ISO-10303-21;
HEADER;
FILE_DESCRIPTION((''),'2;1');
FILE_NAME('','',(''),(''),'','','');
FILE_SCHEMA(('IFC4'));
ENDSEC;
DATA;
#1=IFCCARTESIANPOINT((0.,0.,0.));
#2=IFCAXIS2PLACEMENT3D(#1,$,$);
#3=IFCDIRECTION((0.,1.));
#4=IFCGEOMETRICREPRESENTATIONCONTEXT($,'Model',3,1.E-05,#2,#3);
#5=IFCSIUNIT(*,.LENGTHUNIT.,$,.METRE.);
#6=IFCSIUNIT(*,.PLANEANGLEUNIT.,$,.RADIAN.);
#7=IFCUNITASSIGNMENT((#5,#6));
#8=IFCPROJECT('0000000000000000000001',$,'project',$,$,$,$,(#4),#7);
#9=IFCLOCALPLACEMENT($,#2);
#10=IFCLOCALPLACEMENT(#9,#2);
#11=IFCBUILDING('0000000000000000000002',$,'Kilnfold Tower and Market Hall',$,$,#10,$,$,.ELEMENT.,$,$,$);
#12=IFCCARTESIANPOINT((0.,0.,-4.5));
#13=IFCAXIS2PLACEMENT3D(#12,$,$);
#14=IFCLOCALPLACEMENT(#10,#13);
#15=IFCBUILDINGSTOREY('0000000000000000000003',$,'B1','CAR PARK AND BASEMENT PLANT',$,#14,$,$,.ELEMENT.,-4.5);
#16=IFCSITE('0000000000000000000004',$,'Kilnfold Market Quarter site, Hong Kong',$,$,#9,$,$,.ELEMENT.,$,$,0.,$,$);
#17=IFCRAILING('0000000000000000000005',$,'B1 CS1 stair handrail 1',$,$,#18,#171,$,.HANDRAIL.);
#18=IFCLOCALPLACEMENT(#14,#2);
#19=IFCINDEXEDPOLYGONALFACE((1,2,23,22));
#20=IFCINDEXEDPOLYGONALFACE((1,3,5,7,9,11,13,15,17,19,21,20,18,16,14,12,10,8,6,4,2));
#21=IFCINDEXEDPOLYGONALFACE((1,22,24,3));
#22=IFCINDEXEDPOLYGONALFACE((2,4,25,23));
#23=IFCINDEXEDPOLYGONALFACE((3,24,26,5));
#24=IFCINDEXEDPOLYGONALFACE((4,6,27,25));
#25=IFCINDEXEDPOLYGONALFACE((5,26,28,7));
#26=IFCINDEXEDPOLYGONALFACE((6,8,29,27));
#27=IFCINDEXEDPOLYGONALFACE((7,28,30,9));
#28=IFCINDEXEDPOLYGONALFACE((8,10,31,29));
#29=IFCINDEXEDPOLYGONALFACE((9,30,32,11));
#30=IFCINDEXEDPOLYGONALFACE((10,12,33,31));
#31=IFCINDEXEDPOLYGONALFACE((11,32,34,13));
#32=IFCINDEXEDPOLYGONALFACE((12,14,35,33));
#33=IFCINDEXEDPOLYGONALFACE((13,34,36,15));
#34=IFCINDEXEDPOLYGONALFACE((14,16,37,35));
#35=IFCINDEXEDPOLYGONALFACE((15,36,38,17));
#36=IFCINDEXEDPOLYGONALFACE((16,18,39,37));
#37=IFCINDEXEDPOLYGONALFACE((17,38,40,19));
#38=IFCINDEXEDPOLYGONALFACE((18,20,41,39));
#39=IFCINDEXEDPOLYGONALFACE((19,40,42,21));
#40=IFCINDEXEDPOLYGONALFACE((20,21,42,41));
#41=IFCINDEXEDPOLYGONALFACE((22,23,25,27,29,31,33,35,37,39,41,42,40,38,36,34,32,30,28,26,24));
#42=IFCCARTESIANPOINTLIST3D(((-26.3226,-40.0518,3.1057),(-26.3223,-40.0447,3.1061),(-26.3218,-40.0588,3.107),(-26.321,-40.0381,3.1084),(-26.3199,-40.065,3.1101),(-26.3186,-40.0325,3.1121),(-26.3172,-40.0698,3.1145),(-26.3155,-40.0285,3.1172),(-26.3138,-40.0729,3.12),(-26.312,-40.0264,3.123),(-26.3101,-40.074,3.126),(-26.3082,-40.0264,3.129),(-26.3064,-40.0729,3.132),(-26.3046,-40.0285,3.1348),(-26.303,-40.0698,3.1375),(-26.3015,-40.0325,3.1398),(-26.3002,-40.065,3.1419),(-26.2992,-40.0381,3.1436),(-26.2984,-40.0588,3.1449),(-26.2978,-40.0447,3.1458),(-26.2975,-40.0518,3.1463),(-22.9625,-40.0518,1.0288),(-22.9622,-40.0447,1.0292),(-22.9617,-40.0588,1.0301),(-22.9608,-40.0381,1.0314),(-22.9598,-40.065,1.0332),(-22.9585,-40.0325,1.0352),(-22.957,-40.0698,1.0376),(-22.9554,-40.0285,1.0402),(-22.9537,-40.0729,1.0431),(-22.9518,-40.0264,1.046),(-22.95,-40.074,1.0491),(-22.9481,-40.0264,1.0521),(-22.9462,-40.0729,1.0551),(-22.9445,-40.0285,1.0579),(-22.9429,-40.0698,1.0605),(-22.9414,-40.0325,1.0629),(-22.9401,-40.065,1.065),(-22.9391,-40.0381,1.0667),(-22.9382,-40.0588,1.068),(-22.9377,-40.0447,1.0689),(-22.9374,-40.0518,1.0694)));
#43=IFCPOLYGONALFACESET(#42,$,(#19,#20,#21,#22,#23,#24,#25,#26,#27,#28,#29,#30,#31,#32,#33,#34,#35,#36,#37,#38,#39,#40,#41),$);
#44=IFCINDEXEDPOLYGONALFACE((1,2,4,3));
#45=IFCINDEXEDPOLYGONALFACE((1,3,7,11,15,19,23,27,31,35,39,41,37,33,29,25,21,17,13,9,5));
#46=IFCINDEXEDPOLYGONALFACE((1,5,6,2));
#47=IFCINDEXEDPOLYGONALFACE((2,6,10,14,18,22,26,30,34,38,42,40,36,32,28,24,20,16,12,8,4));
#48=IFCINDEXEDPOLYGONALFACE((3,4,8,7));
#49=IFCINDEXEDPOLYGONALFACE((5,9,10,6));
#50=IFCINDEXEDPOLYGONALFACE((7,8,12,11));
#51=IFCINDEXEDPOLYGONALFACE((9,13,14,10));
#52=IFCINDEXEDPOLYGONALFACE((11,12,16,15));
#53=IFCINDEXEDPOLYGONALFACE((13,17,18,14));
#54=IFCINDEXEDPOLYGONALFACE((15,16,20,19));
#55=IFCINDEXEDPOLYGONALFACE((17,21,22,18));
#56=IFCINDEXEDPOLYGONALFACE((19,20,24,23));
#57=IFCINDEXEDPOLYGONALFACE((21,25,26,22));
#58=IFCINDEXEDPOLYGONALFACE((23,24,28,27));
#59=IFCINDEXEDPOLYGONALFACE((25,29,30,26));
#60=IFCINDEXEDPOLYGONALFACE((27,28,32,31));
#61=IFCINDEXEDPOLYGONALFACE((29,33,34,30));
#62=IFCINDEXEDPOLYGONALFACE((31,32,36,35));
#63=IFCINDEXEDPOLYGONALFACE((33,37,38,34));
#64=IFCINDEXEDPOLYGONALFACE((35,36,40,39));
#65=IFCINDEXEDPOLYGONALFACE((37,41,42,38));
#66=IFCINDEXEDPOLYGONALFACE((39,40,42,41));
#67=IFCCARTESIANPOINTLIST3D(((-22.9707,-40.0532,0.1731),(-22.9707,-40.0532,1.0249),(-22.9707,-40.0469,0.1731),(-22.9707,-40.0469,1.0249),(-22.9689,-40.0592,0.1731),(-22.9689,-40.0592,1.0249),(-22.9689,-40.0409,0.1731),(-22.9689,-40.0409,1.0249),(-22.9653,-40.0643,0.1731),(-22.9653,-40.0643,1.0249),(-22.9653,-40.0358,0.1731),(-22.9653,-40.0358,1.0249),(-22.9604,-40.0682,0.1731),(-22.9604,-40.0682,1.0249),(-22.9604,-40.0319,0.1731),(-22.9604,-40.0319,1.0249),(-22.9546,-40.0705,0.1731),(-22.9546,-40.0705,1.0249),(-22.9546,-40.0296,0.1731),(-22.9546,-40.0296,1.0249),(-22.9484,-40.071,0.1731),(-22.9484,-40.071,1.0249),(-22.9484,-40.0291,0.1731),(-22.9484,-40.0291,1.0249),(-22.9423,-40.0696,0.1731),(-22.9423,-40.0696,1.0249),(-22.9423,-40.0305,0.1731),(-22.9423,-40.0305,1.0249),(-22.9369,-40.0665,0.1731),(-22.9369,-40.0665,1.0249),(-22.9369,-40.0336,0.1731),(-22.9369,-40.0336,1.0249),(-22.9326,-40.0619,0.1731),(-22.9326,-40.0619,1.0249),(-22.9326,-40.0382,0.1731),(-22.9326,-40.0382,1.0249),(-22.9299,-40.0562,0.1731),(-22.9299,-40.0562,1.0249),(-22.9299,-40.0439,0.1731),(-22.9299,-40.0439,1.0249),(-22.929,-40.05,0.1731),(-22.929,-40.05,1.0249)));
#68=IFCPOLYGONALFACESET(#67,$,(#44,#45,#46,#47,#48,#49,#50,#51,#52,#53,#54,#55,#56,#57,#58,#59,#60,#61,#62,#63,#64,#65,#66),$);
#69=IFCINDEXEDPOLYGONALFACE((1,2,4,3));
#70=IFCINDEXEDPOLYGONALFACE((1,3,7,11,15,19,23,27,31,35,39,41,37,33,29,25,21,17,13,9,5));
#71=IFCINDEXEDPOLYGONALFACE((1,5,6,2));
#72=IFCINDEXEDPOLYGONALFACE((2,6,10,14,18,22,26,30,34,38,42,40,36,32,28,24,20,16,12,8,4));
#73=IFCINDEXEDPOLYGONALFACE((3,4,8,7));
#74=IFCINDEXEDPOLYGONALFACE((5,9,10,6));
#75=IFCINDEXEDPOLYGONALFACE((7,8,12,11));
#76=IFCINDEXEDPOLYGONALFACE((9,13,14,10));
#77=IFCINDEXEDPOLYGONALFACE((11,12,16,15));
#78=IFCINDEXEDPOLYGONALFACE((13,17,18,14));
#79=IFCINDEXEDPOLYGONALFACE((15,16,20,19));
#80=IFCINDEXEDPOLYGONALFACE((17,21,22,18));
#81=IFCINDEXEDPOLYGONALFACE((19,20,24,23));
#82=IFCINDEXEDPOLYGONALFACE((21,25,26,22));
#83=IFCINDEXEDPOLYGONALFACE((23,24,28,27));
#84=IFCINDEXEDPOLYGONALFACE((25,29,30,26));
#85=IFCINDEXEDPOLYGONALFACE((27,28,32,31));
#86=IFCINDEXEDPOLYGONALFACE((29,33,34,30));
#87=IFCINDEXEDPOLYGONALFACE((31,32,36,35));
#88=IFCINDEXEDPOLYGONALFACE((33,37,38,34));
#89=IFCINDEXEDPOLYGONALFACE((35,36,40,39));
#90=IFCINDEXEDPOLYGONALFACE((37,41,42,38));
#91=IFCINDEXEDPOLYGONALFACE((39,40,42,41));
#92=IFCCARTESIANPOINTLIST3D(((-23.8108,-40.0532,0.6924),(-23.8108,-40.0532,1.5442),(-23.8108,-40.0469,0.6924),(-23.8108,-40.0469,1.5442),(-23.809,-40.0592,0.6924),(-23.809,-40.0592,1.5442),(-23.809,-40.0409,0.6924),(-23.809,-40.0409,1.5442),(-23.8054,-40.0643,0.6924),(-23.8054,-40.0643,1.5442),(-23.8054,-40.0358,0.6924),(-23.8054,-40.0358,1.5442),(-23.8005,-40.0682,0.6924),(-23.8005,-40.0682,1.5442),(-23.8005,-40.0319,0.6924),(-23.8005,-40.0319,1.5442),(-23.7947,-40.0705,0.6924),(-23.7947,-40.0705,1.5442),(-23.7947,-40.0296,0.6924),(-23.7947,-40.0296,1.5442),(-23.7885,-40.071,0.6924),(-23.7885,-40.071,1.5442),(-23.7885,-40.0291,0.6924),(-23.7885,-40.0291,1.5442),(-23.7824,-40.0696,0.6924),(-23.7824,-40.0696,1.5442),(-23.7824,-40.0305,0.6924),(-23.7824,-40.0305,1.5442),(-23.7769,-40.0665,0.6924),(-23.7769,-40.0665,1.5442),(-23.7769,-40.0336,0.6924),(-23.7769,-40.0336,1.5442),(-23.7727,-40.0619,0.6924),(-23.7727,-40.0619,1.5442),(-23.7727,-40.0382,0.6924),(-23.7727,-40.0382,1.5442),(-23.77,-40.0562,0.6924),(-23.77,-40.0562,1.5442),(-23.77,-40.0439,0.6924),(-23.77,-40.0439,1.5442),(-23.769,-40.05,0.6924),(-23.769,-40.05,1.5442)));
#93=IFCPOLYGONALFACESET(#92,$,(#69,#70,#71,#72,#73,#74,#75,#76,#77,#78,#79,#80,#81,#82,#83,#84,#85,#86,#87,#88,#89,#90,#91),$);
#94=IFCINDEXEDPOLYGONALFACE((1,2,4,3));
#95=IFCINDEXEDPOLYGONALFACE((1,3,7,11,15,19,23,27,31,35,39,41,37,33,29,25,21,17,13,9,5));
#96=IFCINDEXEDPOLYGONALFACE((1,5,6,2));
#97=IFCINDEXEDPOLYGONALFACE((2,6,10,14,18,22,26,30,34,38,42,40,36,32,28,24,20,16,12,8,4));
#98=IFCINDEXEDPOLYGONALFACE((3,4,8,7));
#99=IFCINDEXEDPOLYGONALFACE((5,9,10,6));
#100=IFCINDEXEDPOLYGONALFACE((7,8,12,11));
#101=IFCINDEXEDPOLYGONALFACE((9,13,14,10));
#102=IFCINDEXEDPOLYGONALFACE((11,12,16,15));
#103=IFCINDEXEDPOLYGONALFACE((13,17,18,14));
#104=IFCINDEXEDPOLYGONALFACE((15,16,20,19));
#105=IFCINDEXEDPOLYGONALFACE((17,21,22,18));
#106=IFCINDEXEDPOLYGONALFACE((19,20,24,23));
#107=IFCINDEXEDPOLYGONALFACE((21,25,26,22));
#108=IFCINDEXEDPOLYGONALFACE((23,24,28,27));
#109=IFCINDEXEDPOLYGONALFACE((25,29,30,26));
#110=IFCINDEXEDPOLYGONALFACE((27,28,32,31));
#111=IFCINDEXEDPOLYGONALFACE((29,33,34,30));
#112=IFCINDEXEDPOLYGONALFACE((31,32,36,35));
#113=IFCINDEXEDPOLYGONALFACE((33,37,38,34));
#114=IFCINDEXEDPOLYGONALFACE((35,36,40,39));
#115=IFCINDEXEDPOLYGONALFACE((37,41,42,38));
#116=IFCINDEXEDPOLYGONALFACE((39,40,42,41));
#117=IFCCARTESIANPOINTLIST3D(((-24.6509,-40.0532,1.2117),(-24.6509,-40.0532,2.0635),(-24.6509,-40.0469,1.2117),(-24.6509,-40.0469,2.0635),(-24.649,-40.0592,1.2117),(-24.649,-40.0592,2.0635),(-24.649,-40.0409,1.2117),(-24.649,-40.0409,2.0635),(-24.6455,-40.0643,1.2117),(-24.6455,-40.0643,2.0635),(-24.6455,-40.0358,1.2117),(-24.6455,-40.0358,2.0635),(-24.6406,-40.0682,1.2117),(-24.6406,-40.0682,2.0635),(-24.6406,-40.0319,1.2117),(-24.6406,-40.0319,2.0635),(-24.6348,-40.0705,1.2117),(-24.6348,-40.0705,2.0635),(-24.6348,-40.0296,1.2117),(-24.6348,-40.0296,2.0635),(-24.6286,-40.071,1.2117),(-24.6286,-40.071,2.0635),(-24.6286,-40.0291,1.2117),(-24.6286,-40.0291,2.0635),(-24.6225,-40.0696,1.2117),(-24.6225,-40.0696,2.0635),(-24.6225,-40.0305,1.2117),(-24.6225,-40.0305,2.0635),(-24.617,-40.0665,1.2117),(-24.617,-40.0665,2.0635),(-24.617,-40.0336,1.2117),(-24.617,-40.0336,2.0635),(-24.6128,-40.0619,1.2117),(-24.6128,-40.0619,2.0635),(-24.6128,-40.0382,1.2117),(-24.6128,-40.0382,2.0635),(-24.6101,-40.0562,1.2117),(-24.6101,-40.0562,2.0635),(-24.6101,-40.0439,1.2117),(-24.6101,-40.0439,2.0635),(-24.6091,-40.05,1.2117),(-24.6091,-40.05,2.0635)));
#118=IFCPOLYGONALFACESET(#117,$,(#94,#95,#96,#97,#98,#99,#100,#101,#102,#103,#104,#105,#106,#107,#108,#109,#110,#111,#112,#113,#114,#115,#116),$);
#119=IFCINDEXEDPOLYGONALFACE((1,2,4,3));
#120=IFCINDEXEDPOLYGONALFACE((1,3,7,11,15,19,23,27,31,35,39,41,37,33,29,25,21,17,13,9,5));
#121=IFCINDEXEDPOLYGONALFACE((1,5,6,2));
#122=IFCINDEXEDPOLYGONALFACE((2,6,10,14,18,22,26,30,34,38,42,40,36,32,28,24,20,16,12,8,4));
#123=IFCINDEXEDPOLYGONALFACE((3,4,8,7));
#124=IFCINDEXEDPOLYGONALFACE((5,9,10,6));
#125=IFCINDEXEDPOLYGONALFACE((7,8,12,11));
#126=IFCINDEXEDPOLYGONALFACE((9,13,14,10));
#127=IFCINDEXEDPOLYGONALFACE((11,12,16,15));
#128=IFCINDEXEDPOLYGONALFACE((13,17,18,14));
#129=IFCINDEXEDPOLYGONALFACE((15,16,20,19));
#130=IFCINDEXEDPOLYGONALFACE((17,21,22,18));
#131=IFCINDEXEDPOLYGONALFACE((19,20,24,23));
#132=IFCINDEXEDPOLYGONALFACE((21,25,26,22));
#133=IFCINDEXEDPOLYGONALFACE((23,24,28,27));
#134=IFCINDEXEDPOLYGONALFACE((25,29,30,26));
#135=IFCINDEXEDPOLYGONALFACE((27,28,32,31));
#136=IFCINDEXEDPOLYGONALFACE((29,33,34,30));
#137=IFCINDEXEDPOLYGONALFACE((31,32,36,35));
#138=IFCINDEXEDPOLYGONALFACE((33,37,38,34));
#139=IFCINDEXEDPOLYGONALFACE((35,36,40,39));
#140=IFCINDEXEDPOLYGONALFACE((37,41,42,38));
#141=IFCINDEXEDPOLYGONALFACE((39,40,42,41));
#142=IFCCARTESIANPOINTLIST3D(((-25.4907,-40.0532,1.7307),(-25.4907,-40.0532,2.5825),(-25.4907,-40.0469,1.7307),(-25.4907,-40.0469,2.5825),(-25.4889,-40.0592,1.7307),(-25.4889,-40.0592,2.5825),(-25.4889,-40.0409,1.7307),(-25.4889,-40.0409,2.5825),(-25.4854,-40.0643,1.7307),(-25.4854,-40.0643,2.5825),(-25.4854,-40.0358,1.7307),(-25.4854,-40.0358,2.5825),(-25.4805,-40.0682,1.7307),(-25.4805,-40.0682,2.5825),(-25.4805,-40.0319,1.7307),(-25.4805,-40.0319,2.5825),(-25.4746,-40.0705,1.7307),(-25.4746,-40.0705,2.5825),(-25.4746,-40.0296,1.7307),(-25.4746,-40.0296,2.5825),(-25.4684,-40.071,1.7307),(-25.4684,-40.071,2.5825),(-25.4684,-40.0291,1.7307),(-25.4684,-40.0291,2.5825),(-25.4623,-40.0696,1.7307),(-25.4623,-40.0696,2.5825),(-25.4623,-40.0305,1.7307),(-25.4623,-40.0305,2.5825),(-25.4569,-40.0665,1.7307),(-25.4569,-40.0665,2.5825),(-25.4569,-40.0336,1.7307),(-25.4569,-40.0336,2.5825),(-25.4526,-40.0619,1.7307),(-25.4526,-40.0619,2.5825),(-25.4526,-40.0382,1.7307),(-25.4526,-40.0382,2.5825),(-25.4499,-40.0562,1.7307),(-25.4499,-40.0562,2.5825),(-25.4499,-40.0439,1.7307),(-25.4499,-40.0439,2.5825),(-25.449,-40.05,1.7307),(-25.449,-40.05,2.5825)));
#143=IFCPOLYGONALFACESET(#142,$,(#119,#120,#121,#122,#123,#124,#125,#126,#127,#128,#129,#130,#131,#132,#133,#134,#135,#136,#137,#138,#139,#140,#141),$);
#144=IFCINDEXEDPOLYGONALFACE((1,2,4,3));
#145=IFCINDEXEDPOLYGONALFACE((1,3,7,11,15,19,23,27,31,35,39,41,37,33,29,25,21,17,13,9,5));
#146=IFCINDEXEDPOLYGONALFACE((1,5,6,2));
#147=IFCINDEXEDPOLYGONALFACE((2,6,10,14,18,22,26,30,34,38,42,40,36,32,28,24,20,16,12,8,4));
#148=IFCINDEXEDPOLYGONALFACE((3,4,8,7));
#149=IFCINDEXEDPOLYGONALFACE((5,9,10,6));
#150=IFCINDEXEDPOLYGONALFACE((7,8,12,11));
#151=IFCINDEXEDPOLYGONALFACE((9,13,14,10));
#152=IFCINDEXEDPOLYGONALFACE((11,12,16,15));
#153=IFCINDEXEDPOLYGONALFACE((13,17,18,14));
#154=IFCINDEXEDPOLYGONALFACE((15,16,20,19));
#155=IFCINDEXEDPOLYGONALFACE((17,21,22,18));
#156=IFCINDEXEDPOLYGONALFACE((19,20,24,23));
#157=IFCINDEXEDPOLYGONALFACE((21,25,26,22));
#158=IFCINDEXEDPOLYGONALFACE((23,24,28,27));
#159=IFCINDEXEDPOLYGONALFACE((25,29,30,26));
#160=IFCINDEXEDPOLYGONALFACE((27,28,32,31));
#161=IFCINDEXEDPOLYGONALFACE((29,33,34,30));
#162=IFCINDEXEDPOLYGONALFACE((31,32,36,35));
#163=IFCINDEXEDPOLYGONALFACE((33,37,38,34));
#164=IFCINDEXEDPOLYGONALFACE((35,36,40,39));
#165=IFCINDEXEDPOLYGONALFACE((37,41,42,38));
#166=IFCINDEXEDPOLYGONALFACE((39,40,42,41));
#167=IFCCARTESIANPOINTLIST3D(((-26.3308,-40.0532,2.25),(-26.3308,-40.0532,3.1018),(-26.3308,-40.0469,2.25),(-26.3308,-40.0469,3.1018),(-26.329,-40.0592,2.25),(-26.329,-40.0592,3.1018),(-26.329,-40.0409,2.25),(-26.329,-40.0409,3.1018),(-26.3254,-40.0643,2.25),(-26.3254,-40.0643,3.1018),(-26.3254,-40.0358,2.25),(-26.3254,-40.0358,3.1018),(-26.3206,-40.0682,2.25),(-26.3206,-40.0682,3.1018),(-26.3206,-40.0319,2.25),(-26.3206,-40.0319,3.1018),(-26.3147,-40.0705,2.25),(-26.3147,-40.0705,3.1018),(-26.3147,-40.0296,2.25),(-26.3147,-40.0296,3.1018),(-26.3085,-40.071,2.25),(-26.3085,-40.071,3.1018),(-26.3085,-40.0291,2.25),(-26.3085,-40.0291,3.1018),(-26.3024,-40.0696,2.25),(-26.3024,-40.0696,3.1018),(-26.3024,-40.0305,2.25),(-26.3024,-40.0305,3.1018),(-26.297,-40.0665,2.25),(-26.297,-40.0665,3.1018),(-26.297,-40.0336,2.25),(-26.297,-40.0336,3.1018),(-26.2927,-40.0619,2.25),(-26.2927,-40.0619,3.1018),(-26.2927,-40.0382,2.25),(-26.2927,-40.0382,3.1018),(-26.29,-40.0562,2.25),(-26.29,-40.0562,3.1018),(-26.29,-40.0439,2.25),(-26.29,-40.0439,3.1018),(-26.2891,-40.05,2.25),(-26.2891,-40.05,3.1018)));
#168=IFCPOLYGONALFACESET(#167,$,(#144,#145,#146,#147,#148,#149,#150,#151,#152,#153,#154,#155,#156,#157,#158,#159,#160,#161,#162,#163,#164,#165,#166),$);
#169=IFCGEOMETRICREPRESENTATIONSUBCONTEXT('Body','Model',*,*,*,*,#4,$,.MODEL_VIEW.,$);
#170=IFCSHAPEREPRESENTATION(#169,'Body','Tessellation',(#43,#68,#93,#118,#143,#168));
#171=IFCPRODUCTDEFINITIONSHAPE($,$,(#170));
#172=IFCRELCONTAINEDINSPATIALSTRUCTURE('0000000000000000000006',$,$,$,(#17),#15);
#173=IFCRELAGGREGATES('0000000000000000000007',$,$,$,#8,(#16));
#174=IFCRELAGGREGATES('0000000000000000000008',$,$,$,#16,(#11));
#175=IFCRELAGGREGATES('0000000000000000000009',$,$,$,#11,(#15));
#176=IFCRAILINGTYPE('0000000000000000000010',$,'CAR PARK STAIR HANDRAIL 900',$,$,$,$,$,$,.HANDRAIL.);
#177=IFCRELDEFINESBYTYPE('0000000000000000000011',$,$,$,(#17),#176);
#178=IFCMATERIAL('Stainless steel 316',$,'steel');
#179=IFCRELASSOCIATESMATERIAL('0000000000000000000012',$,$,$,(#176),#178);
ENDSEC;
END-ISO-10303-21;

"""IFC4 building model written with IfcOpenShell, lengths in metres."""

from ifc_helpers import new_model, si_unit, direction, frame, origin, origin_2d, place, context, subcontext, project, spatial, circle, extrude, material, type_object, element, save


model = new_model("IFC4")

# Units and contexts
model_context = context("Model", 3, precision=1e-05, world=origin(), true_north=direction((0.0, 1.0)))
body_context = subcontext(model_context, "Body", "Model", "MODEL_VIEW")
ifc_project = project(units=[si_unit("LENGTHUNIT", "METRE"), si_unit("PLANEANGLEUNIT", "RADIAN")], contexts=[model_context])

# Site, building, storey
site_placement = place(None, origin())
site = spatial("IfcSite", under=ifc_project, at=site_placement, Name="Kilnfold Market Quarter site, Hong Kong", CompositionType="ELEMENT", RefElevation=0.0)
building_placement = place(site_placement, origin())
building = spatial("IfcBuilding", under=site, at=building_placement, Name="Kilnfold Tower and Market Hall", CompositionType="ELEMENT")
storey_placement = place(building_placement, frame((0.0, 0.0, -4.5)))
storey = spatial("IfcBuildingStorey", under=building, at=storey_placement, Name="B1", Description="CAR PARK AND BASEMENT PLANT", CompositionType="ELEMENT", Elevation=-4.5)

# Railing
ifc_material_1 = material(Name="Stainless steel 316", Category="steel")
railing_type_1 = type_object("IfcRailingType", Name="CAR PARK STAIR HANDRAIL 900", PredefinedType="HANDRAIL", material=ifc_material_1)
railing_1_placement = place(storey_placement, frame((-22.95, -40.05, 0.1731)))
element("IfcRailing", 1, at=railing_1_placement, inside=storey, type_object=railing_type_1, Name="B1 CS1 stair handrail 1", PredefinedType="HANDRAIL", context=body_context, shape_type="SweptSolid", body=[
    extrude(circle(Radius=0.0239, at=origin_2d()), frame((0.0, 0.0, 0.876), z_axis=(-0.850623, 0.0, 0.525776), x_axis=(0.0, -1.0, 0.0)), (0.0, 0.0, 1.0), 3.9502),
    extrude(circle(Radius=0.021, at=origin_2d()), origin(), (0.0, 0.0, 1.0), 0.8518),
    extrude(circle(Radius=0.021, at=origin_2d()), frame((-0.8401, 0.0, 0.5193)), (0.0, 0.0, 1.0), 0.8518),
    extrude(circle(Radius=0.021, at=origin_2d()), frame((-1.6802, 0.0, 1.0386)), (0.0, 0.0, 1.0), 0.8518),
    extrude(circle(Radius=0.021, at=origin_2d()), frame((-2.52, 0.0, 1.5576)), (0.0, 0.0, 1.0), 0.8518),
    extrude(circle(Radius=0.021, at=origin_2d()), frame((-3.3601, 0.0, 2.0769)), (0.0, 0.0, 1.0), 0.8518),
])

save(model, "model.ifc")
